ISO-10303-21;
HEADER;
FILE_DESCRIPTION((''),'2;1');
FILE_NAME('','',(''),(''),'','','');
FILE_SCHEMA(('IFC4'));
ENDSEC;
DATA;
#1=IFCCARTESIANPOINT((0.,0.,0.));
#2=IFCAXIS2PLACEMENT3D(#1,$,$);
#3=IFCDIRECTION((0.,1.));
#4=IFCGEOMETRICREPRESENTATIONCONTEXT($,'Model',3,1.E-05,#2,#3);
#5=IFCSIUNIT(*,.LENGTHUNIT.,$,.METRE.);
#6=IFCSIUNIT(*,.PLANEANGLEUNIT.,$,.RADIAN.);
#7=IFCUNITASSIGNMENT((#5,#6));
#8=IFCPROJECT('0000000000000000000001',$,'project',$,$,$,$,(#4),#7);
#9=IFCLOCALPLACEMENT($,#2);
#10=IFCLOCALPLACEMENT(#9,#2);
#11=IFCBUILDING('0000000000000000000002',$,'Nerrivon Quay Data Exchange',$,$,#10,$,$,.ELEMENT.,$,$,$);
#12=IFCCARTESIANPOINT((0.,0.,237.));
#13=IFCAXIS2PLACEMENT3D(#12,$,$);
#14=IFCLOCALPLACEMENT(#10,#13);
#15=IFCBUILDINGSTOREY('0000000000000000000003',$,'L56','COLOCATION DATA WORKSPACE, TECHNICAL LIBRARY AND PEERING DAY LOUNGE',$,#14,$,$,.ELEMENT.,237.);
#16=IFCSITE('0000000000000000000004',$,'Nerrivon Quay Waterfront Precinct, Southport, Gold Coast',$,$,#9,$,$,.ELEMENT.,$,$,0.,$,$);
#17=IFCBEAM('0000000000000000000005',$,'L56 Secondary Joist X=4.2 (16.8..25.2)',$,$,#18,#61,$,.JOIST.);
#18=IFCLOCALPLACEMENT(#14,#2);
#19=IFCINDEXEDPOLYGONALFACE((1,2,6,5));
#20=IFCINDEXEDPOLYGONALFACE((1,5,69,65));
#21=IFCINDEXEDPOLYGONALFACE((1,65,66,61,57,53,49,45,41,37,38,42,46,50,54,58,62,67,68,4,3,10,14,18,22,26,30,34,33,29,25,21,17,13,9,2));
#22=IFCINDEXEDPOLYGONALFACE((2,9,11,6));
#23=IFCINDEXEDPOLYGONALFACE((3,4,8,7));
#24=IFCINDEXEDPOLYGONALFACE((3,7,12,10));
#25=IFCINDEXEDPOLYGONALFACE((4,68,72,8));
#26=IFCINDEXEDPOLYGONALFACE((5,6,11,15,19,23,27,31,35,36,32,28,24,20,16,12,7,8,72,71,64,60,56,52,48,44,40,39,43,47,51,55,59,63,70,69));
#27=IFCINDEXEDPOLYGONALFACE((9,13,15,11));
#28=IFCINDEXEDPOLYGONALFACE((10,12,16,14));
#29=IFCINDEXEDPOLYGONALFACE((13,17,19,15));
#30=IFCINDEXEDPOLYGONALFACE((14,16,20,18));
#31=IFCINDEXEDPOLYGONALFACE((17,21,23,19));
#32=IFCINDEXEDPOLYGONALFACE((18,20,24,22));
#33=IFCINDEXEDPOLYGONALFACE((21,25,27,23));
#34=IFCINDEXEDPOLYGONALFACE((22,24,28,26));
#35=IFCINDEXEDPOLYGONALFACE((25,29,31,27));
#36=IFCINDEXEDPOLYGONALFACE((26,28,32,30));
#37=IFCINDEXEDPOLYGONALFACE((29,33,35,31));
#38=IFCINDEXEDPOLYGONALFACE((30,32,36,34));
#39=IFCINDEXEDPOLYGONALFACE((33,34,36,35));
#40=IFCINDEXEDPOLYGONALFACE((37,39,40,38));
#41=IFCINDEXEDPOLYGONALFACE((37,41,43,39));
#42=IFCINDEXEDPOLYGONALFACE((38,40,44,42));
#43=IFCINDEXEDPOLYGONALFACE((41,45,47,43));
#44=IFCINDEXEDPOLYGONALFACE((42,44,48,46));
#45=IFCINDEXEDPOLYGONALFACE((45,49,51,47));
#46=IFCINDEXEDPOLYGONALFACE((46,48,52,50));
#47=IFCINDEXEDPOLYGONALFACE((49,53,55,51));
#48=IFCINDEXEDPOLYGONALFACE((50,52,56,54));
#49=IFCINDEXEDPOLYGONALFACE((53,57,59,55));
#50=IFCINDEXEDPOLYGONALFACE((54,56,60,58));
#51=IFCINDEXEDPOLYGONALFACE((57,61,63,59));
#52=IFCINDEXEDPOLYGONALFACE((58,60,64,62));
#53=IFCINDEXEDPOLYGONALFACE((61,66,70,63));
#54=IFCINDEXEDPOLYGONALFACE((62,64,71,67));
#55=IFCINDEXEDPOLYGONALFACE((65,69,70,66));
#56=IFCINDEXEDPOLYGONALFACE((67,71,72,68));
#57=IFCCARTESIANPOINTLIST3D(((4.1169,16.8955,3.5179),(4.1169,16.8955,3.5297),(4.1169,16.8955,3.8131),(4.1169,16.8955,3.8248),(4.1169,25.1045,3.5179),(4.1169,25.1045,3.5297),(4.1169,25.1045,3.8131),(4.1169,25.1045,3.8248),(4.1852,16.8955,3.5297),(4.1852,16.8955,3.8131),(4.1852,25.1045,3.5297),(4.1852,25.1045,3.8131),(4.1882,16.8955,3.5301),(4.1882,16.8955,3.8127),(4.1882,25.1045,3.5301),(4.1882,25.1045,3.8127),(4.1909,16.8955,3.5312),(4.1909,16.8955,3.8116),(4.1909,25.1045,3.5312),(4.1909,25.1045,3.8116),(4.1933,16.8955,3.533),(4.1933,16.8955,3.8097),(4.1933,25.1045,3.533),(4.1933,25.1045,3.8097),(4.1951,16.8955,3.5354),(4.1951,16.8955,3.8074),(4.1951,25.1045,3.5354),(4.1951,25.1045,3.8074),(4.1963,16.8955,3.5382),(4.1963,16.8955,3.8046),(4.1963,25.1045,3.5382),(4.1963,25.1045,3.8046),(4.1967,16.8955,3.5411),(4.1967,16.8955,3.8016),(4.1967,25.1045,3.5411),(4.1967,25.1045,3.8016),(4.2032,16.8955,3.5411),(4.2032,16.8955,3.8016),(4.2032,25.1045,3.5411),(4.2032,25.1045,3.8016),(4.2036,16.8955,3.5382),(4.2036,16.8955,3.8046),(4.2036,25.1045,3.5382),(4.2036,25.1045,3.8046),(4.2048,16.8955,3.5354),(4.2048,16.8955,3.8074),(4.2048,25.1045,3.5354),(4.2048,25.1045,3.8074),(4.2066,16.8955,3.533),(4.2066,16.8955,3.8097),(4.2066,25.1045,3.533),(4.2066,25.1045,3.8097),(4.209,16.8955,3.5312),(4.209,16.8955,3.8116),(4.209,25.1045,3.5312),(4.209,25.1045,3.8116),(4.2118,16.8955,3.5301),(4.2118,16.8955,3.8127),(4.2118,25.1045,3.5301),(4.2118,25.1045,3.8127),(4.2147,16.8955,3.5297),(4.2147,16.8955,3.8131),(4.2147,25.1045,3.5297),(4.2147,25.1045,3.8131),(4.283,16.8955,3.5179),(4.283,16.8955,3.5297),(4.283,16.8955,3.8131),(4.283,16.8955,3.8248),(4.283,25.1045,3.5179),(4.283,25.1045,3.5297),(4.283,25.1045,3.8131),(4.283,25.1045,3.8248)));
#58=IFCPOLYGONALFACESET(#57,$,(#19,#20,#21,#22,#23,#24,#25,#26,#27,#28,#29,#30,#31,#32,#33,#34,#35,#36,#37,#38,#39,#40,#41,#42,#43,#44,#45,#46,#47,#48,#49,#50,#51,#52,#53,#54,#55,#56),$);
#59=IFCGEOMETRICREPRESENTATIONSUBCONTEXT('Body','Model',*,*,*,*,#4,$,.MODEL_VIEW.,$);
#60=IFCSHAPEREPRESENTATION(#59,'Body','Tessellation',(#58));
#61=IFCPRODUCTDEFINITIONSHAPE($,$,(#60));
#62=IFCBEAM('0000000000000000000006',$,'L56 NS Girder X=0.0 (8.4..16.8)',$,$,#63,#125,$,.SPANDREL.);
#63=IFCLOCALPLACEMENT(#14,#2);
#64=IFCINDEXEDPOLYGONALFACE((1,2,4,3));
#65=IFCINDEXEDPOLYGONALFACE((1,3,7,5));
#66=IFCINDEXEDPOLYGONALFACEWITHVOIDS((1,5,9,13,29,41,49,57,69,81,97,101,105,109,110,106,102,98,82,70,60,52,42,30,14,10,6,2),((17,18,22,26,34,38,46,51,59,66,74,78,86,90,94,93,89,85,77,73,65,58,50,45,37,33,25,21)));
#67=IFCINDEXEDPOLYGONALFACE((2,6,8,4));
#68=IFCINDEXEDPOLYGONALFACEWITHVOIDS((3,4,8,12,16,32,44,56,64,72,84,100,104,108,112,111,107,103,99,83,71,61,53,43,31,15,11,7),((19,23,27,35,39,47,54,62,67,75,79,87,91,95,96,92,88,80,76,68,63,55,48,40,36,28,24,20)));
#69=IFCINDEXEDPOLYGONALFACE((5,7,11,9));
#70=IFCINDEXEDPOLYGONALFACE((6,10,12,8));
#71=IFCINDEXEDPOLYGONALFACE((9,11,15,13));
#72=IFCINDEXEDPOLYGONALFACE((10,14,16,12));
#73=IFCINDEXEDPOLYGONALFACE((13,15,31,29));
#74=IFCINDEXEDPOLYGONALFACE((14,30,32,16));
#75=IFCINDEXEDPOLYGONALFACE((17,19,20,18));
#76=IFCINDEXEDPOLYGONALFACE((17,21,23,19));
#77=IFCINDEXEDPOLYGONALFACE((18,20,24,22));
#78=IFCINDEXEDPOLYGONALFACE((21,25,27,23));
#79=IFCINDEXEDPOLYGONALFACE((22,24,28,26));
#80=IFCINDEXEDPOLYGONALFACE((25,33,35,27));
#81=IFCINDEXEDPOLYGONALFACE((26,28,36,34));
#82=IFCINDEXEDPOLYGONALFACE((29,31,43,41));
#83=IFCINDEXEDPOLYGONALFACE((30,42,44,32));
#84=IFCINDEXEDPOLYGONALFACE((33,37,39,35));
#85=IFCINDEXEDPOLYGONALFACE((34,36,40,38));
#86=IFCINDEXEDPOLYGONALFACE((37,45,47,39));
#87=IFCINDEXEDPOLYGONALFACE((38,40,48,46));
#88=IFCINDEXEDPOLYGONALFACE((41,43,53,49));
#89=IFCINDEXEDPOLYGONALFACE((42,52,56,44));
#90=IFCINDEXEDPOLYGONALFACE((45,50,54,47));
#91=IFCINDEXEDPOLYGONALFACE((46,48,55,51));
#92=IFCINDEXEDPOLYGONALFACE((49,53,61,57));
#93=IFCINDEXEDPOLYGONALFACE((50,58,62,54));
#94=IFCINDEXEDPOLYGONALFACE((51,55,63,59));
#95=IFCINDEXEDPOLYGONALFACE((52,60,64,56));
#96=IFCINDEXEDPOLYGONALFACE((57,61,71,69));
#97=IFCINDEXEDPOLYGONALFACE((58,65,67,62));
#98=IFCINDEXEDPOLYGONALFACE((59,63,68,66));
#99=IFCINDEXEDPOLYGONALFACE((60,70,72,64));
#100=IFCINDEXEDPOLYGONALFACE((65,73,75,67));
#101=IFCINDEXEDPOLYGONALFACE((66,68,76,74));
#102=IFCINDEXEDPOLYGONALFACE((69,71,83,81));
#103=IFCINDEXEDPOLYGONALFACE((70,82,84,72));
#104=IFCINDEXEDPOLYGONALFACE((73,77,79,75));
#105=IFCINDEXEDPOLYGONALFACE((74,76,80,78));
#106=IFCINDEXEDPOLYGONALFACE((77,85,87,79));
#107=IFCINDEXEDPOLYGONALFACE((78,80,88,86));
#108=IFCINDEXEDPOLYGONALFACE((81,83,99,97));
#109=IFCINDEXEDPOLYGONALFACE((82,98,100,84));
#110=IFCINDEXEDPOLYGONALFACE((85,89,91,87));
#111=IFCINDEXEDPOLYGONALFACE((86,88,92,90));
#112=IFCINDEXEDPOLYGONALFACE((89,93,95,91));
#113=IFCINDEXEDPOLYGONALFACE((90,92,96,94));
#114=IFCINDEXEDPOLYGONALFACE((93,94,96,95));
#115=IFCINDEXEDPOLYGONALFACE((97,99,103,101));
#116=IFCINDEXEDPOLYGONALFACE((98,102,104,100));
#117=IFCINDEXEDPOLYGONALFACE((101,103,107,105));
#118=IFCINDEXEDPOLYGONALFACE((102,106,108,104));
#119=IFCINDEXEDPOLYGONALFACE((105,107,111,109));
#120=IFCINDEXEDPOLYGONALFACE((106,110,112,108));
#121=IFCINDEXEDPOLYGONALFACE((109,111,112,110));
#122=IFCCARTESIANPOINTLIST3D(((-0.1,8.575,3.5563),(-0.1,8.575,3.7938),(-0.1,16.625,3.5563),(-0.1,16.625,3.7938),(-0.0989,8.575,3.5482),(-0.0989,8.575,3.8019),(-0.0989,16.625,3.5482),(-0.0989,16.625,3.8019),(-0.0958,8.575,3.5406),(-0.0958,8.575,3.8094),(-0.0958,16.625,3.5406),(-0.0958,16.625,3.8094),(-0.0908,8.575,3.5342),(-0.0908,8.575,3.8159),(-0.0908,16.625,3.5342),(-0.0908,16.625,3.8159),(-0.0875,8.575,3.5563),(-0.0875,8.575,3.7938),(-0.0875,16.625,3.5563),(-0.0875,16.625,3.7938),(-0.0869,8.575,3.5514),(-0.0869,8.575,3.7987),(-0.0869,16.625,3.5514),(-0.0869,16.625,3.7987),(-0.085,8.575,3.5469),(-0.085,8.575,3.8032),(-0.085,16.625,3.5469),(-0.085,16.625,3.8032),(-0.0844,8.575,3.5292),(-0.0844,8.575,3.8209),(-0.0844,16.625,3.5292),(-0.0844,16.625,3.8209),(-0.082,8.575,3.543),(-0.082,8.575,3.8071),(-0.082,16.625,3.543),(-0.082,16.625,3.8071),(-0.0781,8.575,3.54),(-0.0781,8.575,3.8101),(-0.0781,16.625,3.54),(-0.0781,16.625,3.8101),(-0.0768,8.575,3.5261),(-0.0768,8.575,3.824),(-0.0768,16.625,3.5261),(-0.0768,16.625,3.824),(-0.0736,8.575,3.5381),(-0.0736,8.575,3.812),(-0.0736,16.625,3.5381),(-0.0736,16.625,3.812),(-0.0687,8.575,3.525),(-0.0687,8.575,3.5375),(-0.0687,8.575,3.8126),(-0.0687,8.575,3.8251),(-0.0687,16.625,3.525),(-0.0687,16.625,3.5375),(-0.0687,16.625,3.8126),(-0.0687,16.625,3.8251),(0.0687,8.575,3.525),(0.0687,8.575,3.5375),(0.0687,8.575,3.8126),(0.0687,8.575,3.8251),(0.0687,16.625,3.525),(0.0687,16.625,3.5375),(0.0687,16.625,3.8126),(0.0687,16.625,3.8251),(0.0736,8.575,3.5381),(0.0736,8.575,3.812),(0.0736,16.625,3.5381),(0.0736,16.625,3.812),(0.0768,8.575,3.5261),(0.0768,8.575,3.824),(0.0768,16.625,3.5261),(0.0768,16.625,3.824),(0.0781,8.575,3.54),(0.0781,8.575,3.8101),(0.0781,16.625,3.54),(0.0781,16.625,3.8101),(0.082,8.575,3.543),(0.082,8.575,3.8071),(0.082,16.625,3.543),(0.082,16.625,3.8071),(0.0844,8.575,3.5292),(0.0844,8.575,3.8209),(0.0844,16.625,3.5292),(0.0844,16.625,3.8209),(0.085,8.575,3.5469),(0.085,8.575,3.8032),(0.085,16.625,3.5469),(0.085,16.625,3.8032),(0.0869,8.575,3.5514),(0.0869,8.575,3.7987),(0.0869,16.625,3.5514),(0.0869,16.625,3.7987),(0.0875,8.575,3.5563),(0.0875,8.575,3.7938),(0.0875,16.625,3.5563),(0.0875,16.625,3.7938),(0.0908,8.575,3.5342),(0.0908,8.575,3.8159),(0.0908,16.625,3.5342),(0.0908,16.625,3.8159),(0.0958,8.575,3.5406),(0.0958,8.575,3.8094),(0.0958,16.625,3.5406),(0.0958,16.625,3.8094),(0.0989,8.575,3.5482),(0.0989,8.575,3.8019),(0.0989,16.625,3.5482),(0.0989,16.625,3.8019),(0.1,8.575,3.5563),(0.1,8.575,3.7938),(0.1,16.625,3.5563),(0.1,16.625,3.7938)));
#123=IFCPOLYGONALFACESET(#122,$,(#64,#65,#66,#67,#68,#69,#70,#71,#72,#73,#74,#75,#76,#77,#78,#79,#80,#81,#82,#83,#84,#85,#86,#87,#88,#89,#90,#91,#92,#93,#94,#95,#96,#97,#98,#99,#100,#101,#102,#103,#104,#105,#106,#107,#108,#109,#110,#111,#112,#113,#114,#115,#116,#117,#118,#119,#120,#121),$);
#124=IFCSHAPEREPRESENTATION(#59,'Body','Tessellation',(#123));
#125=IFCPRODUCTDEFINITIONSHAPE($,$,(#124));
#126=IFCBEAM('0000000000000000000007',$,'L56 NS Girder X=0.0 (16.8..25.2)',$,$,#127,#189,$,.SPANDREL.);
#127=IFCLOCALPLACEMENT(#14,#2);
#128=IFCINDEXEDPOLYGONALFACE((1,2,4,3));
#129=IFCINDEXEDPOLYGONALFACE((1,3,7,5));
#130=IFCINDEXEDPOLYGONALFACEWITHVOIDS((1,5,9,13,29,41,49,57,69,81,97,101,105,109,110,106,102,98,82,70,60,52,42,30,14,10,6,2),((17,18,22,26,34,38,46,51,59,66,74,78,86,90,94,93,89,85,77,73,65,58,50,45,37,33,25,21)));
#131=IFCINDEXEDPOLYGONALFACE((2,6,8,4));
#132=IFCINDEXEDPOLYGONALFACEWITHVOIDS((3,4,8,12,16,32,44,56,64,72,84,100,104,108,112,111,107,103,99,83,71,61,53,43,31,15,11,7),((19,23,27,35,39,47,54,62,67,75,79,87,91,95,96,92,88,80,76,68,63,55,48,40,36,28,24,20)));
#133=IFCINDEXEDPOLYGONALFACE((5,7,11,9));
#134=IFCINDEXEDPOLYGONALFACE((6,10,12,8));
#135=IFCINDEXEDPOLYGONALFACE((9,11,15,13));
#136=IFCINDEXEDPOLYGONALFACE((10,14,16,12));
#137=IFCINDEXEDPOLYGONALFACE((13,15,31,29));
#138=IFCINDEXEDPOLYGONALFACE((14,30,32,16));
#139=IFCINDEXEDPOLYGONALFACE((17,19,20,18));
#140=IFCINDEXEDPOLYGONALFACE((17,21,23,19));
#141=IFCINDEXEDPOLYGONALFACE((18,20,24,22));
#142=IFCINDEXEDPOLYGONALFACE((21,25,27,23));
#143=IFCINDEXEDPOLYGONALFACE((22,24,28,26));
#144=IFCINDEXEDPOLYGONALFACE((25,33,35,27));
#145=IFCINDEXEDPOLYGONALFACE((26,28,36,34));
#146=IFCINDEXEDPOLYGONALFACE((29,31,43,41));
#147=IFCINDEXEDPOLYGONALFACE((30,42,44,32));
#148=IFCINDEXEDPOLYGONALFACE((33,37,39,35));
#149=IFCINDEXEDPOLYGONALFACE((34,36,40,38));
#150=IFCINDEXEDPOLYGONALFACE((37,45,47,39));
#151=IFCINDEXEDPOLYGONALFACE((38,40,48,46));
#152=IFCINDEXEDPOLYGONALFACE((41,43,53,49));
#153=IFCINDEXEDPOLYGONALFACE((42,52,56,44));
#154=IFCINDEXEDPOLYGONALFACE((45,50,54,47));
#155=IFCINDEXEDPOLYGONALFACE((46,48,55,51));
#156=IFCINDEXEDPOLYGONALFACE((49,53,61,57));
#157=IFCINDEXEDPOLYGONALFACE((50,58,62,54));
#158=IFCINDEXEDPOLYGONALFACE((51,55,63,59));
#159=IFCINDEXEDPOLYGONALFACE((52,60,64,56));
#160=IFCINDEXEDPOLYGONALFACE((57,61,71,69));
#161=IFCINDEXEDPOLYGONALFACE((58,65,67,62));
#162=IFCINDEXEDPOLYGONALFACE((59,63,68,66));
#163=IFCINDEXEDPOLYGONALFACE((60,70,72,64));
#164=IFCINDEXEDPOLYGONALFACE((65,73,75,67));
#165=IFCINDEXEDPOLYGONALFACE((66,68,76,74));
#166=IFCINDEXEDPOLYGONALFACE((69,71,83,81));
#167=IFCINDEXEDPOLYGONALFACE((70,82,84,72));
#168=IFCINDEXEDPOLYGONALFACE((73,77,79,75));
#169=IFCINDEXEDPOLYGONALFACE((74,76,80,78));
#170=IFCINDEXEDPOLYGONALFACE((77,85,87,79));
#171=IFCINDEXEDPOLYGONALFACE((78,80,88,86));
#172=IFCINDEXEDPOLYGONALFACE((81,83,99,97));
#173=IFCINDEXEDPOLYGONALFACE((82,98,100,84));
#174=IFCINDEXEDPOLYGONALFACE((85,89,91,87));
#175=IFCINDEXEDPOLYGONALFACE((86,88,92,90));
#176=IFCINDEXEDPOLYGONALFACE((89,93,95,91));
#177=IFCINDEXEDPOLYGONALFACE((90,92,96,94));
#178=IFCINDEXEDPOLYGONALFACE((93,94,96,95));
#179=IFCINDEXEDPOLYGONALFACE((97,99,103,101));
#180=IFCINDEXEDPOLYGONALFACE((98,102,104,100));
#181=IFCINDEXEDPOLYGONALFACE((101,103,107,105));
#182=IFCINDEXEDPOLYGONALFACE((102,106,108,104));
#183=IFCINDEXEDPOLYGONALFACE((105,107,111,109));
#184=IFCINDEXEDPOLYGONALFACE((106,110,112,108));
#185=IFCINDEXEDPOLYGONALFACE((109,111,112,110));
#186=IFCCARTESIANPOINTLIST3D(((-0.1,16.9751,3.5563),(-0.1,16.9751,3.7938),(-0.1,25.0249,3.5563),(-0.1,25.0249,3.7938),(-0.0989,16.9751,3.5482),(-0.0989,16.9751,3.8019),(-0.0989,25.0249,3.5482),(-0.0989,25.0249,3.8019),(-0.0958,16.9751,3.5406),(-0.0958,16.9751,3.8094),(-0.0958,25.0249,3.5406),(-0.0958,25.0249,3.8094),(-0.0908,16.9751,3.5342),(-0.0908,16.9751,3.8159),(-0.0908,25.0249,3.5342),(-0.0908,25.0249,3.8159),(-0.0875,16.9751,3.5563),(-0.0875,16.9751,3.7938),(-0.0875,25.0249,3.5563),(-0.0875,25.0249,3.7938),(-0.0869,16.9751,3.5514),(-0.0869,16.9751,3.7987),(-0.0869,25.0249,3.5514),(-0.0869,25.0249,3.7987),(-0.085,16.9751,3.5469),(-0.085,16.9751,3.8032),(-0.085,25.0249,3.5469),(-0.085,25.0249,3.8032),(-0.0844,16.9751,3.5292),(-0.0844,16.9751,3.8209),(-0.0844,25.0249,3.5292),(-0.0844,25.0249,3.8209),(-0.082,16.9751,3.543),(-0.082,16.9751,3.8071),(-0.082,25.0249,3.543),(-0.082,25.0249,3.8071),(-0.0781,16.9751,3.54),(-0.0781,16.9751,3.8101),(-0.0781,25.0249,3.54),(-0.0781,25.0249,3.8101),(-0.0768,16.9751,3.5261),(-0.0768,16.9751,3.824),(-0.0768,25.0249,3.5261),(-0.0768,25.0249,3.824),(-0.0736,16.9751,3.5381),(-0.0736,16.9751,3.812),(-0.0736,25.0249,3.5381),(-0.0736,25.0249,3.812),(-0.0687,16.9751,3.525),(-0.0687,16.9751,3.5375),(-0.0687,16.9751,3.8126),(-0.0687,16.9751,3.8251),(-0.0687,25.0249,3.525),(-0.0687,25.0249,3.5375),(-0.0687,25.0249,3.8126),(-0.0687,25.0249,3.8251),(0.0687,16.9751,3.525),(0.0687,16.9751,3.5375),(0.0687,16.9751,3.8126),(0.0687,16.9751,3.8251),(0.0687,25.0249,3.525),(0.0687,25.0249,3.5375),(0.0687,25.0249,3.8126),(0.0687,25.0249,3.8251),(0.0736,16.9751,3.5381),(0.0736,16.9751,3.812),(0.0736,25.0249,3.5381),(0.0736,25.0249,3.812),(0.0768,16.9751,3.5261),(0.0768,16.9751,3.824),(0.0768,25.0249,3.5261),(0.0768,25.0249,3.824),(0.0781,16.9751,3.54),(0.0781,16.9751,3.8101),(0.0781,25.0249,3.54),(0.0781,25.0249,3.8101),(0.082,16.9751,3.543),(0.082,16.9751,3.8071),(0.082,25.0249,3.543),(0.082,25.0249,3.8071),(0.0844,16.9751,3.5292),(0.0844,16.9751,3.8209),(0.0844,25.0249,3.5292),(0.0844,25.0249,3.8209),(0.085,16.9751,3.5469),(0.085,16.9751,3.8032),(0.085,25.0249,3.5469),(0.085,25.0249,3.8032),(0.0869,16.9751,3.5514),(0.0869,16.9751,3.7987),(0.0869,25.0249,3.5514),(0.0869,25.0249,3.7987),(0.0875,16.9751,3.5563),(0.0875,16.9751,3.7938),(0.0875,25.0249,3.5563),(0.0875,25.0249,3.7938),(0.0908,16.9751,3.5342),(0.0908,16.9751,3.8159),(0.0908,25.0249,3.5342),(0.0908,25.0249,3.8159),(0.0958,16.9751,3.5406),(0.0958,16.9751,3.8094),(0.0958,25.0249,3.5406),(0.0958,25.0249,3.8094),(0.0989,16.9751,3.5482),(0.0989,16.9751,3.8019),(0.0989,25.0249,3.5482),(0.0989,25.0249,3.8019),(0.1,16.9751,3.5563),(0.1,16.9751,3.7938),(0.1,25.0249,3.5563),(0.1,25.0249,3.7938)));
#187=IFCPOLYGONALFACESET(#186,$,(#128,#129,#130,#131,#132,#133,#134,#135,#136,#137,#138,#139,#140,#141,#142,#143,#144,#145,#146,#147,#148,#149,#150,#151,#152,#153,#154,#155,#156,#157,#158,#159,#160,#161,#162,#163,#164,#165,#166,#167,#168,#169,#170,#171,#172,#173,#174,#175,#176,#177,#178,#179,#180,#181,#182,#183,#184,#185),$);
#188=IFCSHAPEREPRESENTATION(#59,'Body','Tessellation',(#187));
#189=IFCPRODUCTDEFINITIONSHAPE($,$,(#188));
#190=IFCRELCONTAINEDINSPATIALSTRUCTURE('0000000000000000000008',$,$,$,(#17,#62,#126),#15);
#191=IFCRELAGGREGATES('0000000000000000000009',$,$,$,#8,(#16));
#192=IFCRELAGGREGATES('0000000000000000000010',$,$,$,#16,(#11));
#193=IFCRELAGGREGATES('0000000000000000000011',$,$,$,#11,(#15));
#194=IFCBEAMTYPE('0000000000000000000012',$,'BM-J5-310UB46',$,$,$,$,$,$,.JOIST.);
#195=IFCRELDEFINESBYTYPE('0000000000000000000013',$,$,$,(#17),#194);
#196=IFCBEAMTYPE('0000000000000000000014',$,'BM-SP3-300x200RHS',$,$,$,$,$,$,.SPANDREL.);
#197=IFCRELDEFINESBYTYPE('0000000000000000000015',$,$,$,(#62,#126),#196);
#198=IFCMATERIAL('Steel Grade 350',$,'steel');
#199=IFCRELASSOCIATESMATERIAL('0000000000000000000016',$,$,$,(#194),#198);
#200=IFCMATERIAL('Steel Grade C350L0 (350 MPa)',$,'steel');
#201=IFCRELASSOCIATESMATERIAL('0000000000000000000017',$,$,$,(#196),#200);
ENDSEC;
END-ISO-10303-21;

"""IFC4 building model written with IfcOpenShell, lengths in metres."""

from ifc_helpers import new_model, si_unit, direction, frame, origin, origin_2d, place, context, subcontext, project, spatial, hollow_rectangle, i_section, extrude, material, material_profile, profile_set, type_object, element, save


model = new_model("IFC4")

# Units and contexts
model_context = context("Model", 3, precision=1e-05, world=origin(), true_north=direction((0.0, 1.0)))
body_context = subcontext(model_context, "Body", "Model", "MODEL_VIEW")
ifc_project = project(units=[si_unit("LENGTHUNIT", "METRE"), si_unit("PLANEANGLEUNIT", "RADIAN")], contexts=[model_context])

# Site, building, storey
site_placement = place(None, origin())
site = spatial("IfcSite", under=ifc_project, at=site_placement, Name="Nerrivon Quay Waterfront Precinct, Southport, Gold Coast", CompositionType="ELEMENT", RefElevation=0.0)
building_placement = place(site_placement, origin())
building = spatial("IfcBuilding", under=site, at=building_placement, Name="Nerrivon Quay Data Exchange", CompositionType="ELEMENT")
storey_placement = place(building_placement, frame((0.0, 0.0, 237.0)))
storey = spatial("IfcBuildingStorey", under=building, at=storey_placement, Name="L56", Description="COLOCATION DATA WORKSPACE, TECHNICAL LIBRARY AND PEERING DAY LOUNGE", CompositionType="ELEMENT", Elevation=237.0)

# Shared definitions
ifc_material_1 = material(Name="Steel Grade 350", Category="steel")

# Beams
ifc_material_profile_1 = material_profile(ifc_material_1, i_section(OverallWidth=0.166, OverallDepth=0.3069, WebThickness=0.0066, FlangeThickness=0.0117, FilletRadius=0.0115, at=origin_2d()), Name="310UB46.2")
ifc_profile_set_1 = profile_set([ifc_material_profile_1], Name="Steel Grade 350")
beam_type_1 = type_object("IfcBeamType", Name="BM-J5-310UB46", PredefinedType="JOIST", material=ifc_profile_set_1)
for number, where, z_axis, x_axis, name in (
    (1, (4.2, 16.8955, 3.6714), (0.0, 1.0, 0.0), (-1.0, 0.0, 0.0), "L56 Secondary Joist X=4.2 (16.8..25.2)"),
):
    element("IfcBeam", number, at=place(storey_placement, frame(where, z_axis=z_axis, x_axis=x_axis)), inside=storey, type_object=beam_type_1, Name=name, PredefinedType="JOIST", context=body_context, shape_type="SweptSolid", body=[
        extrude(i_section(OverallWidth=0.166, OverallDepth=0.3069, WebThickness=0.0066, FlangeThickness=0.0117, FilletRadius=0.0115, at=origin_2d()), origin(), (0.0, 0.0, 1.0), 8.209),
    ])
ifc_material_2 = material(Name="Steel Grade C350L0 (350 MPa)", Category="steel")
ifc_material_profile_2 = material_profile(ifc_material_2, hollow_rectangle(XDim=0.2, YDim=0.3, WallThickness=0.0125, InnerFilletRadius=0.0188, OuterFilletRadius=0.0312, at=origin_2d()), Name="300x200x12.5RHS")
ifc_profile_set_2 = profile_set([ifc_material_profile_2], Name="Steel Grade C350L0 (350 MPa)")
beam_type_2 = type_object("IfcBeamType", Name="BM-SP3-300x200RHS", PredefinedType="SPANDREL", material=ifc_profile_set_2)
beam_1_placement = place(storey_placement, frame((0.0, 8.575, 3.675), z_axis=(0.0, 1.0, 0.0), x_axis=(-1.0, 0.0, 0.0)))
element("IfcBeam", 2, at=beam_1_placement, inside=storey, type_object=beam_type_2, Name="L56 NS Girder X=0.0 (8.4..16.8)", PredefinedType="SPANDREL", context=body_context, shape_type="SweptSolid", body=[
    extrude(hollow_rectangle(XDim=0.2, YDim=0.3, WallThickness=0.0125, InnerFilletRadius=0.0188, OuterFilletRadius=0.0312, at=origin_2d()), origin(), (0.0, 0.0, 1.0), 8.05),
])
beam_2_placement = place(storey_placement, frame((0.0, 16.9751, 3.675), z_axis=(0.0, 1.0, 0.0), x_axis=(-1.0, 0.0, 0.0)))
element("IfcBeam", 3, at=beam_2_placement, inside=storey, type_object=beam_type_2, Name="L56 NS Girder X=0.0 (16.8..25.2)", PredefinedType="SPANDREL", context=body_context, shape_type="SweptSolid", body=[
    extrude(hollow_rectangle(XDim=0.2, YDim=0.3, WallThickness=0.0125, InnerFilletRadius=0.0188, OuterFilletRadius=0.0312, at=origin_2d()), origin(), (0.0, 0.0, 1.0), 8.0498),
])

save(model, "model.ifc")
